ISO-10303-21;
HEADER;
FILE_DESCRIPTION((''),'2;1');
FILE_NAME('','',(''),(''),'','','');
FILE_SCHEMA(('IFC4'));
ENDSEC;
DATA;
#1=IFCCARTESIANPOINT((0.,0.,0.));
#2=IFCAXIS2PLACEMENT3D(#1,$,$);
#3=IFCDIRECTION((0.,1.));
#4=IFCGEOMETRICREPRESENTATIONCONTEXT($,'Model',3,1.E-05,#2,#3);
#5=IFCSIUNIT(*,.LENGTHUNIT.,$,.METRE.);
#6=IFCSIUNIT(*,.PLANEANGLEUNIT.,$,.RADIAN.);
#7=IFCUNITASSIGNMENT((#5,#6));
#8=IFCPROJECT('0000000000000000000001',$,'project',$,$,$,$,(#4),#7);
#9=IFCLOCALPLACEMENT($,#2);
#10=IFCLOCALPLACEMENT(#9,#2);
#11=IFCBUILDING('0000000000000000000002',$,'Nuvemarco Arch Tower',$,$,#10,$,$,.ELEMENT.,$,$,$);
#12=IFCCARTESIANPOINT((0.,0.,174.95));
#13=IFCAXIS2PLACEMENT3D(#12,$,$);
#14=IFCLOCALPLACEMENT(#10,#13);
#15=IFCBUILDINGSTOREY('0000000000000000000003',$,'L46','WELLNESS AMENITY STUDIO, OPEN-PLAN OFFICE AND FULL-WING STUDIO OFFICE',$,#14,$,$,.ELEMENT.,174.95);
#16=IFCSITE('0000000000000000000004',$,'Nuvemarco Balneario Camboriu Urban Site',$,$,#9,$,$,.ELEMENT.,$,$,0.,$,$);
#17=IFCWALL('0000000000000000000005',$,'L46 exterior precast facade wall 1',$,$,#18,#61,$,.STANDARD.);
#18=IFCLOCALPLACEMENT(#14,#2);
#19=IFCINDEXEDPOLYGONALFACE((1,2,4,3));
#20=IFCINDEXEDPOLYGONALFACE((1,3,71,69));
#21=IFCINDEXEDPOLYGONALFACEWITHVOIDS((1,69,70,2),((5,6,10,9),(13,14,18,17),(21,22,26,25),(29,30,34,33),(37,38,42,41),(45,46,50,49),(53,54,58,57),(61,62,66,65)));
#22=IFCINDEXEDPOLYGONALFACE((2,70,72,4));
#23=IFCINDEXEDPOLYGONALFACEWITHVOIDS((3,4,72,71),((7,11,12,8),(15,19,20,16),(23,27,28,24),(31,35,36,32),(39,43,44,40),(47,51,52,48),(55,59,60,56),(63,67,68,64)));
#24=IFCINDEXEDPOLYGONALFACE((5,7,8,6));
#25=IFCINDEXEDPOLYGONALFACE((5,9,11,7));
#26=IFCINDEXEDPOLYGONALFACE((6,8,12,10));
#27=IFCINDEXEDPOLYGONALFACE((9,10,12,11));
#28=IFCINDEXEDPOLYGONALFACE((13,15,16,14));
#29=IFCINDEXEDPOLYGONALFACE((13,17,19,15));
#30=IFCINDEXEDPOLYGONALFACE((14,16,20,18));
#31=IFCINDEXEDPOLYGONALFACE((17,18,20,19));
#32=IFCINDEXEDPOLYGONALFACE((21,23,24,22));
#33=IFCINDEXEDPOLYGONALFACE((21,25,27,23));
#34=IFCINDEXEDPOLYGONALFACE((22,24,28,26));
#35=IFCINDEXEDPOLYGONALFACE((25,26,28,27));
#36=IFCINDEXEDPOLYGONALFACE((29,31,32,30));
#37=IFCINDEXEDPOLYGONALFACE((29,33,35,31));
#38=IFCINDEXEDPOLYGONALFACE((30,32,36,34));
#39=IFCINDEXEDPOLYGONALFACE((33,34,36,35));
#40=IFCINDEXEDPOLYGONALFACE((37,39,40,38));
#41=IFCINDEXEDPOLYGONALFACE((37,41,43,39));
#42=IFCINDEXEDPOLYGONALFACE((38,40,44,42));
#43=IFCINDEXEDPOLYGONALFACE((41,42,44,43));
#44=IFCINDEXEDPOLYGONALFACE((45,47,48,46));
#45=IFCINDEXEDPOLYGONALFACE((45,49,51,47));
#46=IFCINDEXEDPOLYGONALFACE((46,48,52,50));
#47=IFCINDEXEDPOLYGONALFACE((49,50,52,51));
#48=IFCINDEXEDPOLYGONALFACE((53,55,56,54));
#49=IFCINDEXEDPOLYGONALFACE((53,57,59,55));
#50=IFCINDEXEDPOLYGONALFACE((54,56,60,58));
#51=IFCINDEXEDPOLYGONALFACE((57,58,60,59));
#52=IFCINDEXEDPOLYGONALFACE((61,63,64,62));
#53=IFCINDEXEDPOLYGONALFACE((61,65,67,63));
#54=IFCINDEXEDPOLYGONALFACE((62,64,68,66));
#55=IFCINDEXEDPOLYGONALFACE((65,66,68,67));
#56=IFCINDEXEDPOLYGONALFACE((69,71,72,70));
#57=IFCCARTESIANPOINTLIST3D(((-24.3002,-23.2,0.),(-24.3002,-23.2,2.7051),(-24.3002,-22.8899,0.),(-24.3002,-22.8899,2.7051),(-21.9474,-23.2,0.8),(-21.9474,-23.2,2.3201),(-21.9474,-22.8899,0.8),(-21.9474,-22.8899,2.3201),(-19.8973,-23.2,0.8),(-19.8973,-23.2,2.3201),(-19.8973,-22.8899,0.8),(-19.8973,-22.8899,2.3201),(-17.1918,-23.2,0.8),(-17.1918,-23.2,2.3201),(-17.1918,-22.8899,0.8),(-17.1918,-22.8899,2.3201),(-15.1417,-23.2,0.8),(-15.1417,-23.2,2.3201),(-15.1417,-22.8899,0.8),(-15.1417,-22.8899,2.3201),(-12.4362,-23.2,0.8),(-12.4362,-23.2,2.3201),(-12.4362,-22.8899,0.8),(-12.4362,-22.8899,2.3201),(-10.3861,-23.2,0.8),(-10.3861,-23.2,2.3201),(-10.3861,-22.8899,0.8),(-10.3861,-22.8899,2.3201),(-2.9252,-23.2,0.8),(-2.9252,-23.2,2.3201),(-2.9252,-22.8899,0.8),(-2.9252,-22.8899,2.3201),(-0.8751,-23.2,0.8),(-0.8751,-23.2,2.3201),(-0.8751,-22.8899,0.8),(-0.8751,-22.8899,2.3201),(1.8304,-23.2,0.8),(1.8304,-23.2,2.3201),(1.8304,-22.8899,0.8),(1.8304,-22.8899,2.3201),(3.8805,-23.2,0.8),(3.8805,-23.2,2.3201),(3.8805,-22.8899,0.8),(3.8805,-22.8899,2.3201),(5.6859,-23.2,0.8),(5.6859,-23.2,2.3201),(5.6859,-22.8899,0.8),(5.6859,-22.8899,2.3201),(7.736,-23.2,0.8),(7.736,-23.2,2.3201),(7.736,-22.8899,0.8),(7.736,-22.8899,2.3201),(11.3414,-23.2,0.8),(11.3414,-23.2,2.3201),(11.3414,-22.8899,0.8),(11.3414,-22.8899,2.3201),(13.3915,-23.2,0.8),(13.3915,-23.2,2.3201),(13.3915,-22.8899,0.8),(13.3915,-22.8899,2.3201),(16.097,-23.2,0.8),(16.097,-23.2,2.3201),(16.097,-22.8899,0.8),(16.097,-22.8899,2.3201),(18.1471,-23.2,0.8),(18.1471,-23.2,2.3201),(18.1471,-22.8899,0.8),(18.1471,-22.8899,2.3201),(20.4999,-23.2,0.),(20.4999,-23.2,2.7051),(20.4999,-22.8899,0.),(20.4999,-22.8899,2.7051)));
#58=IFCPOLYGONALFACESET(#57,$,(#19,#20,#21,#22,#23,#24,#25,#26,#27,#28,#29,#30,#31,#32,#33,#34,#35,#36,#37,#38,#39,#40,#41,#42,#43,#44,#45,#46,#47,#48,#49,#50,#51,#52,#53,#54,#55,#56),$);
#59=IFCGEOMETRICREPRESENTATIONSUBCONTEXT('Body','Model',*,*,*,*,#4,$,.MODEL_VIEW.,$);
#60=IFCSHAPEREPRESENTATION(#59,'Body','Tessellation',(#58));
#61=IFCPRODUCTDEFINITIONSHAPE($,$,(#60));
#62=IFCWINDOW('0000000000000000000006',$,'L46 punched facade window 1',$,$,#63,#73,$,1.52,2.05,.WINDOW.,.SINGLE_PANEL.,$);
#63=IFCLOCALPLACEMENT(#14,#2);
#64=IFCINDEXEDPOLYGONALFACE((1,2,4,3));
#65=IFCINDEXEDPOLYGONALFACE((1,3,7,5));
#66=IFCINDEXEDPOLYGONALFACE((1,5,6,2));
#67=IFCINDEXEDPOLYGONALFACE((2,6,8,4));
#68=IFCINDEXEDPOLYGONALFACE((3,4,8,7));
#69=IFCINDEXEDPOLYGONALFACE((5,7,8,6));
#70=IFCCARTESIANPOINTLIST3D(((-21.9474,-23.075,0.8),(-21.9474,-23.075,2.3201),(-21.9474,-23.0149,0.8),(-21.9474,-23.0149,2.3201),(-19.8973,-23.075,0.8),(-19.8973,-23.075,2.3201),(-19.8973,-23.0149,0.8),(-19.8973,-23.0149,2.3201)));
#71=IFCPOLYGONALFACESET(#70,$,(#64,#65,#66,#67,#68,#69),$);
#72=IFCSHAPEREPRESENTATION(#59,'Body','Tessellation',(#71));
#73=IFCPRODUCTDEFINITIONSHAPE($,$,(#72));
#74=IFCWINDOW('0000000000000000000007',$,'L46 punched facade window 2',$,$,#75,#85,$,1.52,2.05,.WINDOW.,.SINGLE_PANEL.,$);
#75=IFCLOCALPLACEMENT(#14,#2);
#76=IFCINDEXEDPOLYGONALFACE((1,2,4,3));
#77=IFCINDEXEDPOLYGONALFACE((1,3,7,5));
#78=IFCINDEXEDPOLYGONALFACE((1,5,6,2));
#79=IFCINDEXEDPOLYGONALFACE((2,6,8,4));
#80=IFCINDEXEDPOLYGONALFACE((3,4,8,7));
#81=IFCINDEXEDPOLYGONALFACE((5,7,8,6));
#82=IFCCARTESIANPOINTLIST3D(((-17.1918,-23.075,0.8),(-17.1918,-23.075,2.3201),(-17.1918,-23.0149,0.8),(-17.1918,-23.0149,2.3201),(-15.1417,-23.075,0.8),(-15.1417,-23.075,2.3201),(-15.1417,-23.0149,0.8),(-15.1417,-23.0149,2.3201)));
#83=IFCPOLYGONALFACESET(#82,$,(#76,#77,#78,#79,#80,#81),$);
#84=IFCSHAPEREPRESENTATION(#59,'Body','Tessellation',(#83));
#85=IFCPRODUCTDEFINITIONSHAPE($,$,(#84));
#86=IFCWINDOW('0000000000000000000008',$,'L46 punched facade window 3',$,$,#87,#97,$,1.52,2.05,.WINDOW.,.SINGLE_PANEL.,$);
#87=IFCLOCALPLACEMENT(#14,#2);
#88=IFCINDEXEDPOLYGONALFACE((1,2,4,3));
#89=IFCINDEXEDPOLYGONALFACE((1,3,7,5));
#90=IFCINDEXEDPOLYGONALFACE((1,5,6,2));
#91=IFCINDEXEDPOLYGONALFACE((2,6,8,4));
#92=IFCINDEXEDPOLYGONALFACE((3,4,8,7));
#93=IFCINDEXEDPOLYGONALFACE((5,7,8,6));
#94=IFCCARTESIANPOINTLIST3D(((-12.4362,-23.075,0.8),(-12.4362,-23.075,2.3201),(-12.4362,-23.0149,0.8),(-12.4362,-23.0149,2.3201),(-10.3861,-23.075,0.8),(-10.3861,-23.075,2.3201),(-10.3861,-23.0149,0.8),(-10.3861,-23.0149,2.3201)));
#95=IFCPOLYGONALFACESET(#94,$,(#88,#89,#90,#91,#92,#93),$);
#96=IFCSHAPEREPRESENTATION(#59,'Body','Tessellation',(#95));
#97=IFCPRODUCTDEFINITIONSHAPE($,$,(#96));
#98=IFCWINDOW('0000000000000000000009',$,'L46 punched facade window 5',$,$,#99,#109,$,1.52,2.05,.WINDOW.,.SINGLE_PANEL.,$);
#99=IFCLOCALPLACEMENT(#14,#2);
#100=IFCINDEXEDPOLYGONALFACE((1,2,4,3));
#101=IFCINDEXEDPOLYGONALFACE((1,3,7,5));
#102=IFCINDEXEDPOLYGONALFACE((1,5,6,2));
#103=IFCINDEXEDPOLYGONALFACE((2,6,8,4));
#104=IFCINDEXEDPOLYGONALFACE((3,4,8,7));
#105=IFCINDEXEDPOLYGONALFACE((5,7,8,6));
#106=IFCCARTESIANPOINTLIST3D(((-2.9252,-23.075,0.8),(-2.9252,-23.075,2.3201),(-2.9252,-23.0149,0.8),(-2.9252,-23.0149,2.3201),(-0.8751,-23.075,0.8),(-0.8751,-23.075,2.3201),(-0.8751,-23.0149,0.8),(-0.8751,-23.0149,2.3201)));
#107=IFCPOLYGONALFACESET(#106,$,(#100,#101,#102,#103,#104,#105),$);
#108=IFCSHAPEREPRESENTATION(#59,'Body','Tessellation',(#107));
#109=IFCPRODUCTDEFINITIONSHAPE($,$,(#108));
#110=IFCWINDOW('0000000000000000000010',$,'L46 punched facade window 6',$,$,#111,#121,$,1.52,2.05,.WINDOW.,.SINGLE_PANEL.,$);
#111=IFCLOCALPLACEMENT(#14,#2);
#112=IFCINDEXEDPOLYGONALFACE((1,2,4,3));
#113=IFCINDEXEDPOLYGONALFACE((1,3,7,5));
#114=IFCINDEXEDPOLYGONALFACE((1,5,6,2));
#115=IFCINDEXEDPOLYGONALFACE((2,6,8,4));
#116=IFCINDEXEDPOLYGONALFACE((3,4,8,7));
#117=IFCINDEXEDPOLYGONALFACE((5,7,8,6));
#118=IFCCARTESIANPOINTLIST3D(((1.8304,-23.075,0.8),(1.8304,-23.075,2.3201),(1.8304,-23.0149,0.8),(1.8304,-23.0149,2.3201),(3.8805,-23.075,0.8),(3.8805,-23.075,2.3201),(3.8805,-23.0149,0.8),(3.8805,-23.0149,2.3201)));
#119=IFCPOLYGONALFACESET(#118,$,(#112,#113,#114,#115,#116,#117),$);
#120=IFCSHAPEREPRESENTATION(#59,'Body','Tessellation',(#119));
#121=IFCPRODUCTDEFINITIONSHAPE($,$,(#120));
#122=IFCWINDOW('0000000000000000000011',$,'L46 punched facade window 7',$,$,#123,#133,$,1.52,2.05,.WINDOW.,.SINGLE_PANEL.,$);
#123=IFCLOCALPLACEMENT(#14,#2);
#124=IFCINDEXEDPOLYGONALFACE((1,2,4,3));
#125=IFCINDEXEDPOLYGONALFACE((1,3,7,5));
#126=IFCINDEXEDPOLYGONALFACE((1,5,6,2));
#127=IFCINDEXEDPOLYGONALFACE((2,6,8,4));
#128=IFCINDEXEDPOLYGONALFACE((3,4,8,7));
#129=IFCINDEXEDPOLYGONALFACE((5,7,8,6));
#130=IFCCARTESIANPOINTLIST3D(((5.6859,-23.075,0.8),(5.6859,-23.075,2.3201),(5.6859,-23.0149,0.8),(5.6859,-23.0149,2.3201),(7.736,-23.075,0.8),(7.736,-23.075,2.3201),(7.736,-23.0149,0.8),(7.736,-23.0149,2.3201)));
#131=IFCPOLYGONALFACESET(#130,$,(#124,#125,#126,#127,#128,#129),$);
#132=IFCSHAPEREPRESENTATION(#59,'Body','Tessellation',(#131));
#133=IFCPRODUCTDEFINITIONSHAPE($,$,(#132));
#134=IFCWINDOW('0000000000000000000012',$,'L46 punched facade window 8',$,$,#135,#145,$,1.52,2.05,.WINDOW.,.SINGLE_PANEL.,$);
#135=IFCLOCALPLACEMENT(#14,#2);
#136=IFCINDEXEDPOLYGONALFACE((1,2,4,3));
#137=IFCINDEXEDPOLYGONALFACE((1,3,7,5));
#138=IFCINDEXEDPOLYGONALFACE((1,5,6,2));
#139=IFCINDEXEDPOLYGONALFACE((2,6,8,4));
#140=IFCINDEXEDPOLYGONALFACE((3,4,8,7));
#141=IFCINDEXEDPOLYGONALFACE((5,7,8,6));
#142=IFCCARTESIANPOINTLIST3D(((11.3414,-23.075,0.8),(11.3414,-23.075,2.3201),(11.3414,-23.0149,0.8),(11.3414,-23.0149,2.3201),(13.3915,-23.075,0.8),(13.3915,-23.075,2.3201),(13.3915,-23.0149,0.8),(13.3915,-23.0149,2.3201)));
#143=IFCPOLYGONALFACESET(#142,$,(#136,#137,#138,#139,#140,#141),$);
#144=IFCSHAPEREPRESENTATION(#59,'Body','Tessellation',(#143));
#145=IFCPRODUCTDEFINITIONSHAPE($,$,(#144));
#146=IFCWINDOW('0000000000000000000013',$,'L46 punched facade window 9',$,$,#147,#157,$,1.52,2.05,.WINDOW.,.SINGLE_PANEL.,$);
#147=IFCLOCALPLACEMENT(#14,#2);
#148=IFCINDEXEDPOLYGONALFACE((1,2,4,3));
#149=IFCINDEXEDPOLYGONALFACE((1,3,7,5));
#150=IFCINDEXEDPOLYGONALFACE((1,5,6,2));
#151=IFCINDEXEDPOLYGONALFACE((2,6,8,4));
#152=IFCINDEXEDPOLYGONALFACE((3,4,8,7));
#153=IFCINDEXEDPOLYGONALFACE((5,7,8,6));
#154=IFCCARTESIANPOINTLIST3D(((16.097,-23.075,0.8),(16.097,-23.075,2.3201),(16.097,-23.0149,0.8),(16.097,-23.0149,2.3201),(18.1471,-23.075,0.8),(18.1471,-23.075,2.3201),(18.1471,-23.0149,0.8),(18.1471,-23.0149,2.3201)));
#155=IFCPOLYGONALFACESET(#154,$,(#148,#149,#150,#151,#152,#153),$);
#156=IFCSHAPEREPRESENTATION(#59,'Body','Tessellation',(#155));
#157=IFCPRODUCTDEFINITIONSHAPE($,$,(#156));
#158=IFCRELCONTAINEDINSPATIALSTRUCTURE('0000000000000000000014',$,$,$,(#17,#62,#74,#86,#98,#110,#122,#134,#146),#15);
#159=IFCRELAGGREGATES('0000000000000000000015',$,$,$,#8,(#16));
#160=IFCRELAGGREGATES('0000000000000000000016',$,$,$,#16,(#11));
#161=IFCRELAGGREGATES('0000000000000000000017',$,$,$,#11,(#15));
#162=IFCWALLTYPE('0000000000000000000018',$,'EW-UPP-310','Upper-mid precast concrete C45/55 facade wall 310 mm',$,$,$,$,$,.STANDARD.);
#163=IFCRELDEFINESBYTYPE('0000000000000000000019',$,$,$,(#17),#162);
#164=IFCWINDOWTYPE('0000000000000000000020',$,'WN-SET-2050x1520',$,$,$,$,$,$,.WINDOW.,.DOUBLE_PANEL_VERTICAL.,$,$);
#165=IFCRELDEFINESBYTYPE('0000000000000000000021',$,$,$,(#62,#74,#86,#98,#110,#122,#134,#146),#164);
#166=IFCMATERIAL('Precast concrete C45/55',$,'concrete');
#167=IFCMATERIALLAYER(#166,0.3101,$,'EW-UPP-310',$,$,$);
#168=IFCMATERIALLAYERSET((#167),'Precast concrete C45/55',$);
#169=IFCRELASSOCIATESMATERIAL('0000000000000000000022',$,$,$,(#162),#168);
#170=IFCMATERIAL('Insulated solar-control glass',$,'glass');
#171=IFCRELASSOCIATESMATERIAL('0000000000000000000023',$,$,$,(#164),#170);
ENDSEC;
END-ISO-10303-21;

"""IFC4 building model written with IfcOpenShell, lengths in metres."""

from ifc_helpers import new_model, si_unit, direction, frame, frame_2d, origin, place, context, subcontext, project, spatial, rectangle, extrude, source, transform, mapped, material, layer, layer_set, type_object, type_shapes, element, fill, save


model = new_model("IFC4")

# Units and contexts
model_context = context("Model", 3, precision=1e-05, world=origin(), true_north=direction((0.0, 1.0)))
body_context = subcontext(model_context, "Body", "Model", "MODEL_VIEW")
ifc_project = project(units=[si_unit("LENGTHUNIT", "METRE"), si_unit("PLANEANGLEUNIT", "RADIAN")], contexts=[model_context])

# Site, building, storey
site_placement = place(None, origin())
site = spatial("IfcSite", under=ifc_project, at=site_placement, Name="Nuvemarco Balneario Camboriu Urban Site", CompositionType="ELEMENT", RefElevation=0.0)
building_placement = place(site_placement, origin())
building = spatial("IfcBuilding", under=site, at=building_placement, Name="Nuvemarco Arch Tower", CompositionType="ELEMENT")
storey_placement = place(building_placement, frame((0.0, 0.0, 174.95)))
storey = spatial("IfcBuildingStorey", under=building, at=storey_placement, Name="L46", Description="WELLNESS AMENITY STUDIO, OPEN-PLAN OFFICE AND FULL-WING STUDIO OFFICE", CompositionType="ELEMENT", Elevation=174.95)

# Wall, openings, windows
ifc_material_1 = material(Name="Precast concrete C45/55", Category="concrete")
ifc_layer = layer(ifc_material_1, 0.3101, Name="EW-UPP-310")
ifc_layer_set = layer_set([ifc_layer], Name="Precast concrete C45/55")
wall_type = type_object("IfcWallType", Name="EW-UPP-310", Description="Upper-mid precast concrete C45/55 facade wall 310 mm", PredefinedType="STANDARD", material=ifc_layer_set)
wall_1_placement = place(storey_placement, frame((-24.3, -23.0449, 0.0), z_axis=(0.0, 0.0, 1.0), x_axis=(1.0, 0.0, 0.0)))
wall_1 = element("IfcWall", 1, at=wall_1_placement, inside=storey, type_object=wall_type, Name="L46 exterior precast facade wall 1", PredefinedType="STANDARD", context=body_context, shape_type="SweptSolid", body=[
    extrude(rectangle(XDim=44.8, YDim=0.3101, at=frame_2d((22.3999, 0.0))), origin(), (0.0, 0.0, 1.0), 2.7051),
])
opening_1_placement = place(wall_1_placement, frame((2.3528, 0.0, 0.8)))
opening_1 = element("IfcOpeningElement", 2, at=opening_1_placement, cuts=wall_1, PredefinedType="OPENING", context=body_context, shape_type="SweptSolid", body=[
    extrude(rectangle(XDim=2.05, YDim=1.52, at=frame_2d((1.0249, 0.76))), frame((0.0, 0.165, 0.0), z_axis=(0.0, -1.0, 0.0), x_axis=(1.0, 0.0, 0.0)), (0.0, 0.0, 1.0), 0.3301),
])
opening_2_placement = place(wall_1_placement, frame((7.1084, 0.0, 0.8)))
opening_2 = element("IfcOpeningElement", 3, at=opening_2_placement, cuts=wall_1, PredefinedType="OPENING", context=body_context, shape_type="SweptSolid", body=[
    extrude(rectangle(XDim=2.05, YDim=1.52, at=frame_2d((1.0249, 0.76))), frame((0.0, 0.165, 0.0), z_axis=(0.0, -1.0, 0.0), x_axis=(1.0, 0.0, 0.0)), (0.0, 0.0, 1.0), 0.3301),
])
opening_3_placement = place(wall_1_placement, frame((11.864, 0.0, 0.8)))
opening_3 = element("IfcOpeningElement", 4, at=opening_3_placement, cuts=wall_1, PredefinedType="OPENING", context=body_context, shape_type="SweptSolid", body=[
    extrude(rectangle(XDim=2.05, YDim=1.52, at=frame_2d((1.0249, 0.76))), frame((0.0, 0.165, 0.0), z_axis=(0.0, -1.0, 0.0), x_axis=(1.0, 0.0, 0.0)), (0.0, 0.0, 1.0), 0.3301),
])
opening_4_placement = place(wall_1_placement, frame((21.375, 0.0, 0.8)))
opening_4 = element("IfcOpeningElement", 5, at=opening_4_placement, cuts=wall_1, PredefinedType="OPENING", context=body_context, shape_type="SweptSolid", body=[
    extrude(rectangle(XDim=2.05, YDim=1.52, at=frame_2d((1.0249, 0.76))), frame((0.0, 0.165, 0.0), z_axis=(0.0, -1.0, 0.0), x_axis=(1.0, 0.0, 0.0)), (0.0, 0.0, 1.0), 0.3301),
])
opening_5_placement = place(wall_1_placement, frame((26.1306, 0.0, 0.8)))
opening_5 = element("IfcOpeningElement", 6, at=opening_5_placement, cuts=wall_1, PredefinedType="OPENING", context=body_context, shape_type="SweptSolid", body=[
    extrude(rectangle(XDim=2.05, YDim=1.52, at=frame_2d((1.0249, 0.76))), frame((0.0, 0.165, 0.0), z_axis=(0.0, -1.0, 0.0), x_axis=(1.0, 0.0, 0.0)), (0.0, 0.0, 1.0), 0.3301),
])
opening_6_placement = place(wall_1_placement, frame((29.9861, 0.0, 0.8)))
opening_6 = element("IfcOpeningElement", 7, at=opening_6_placement, cuts=wall_1, PredefinedType="OPENING", context=body_context, shape_type="SweptSolid", body=[
    extrude(rectangle(XDim=2.05, YDim=1.52, at=frame_2d((1.0249, 0.76))), frame((0.0, 0.165, 0.0), z_axis=(0.0, -1.0, 0.0), x_axis=(1.0, 0.0, 0.0)), (0.0, 0.0, 1.0), 0.3301),
])
opening_7_placement = place(wall_1_placement, frame((35.6416, 0.0, 0.8)))
opening_7 = element("IfcOpeningElement", 8, at=opening_7_placement, cuts=wall_1, PredefinedType="OPENING", context=body_context, shape_type="SweptSolid", body=[
    extrude(rectangle(XDim=2.05, YDim=1.52, at=frame_2d((1.0249, 0.76))), frame((0.0, 0.165, 0.0), z_axis=(0.0, -1.0, 0.0), x_axis=(1.0, 0.0, 0.0)), (0.0, 0.0, 1.0), 0.3301),
])
opening_8_placement = place(wall_1_placement, frame((40.3972, 0.0, 0.8)))
opening_8 = element("IfcOpeningElement", 9, at=opening_8_placement, cuts=wall_1, PredefinedType="OPENING", context=body_context, shape_type="SweptSolid", body=[
    extrude(rectangle(XDim=2.05, YDim=1.52, at=frame_2d((1.0249, 0.76))), frame((0.0, 0.165, 0.0), z_axis=(0.0, -1.0, 0.0), x_axis=(1.0, 0.0, 0.0)), (0.0, 0.0, 1.0), 0.3301),
])
ifc_material_2 = material(Name="Insulated solar-control glass", Category="glass")
window_type_1 = type_object("IfcWindowType", Name="WN-SET-2050x1520", PartitioningType="DOUBLE_PANEL_VERTICAL", PredefinedType="WINDOW", material=ifc_material_2)
shared_shape_1 = source(origin(), body_context, "Body", "SweptSolid", [
    extrude(rectangle(XDim=2.05, YDim=1.52, at=frame_2d((1.0249, 0.76))), frame((0.0, 0.03, 0.0), z_axis=(0.0, -1.0, 0.0), x_axis=(1.0, 0.0, 0.0)), (0.0, 0.0, 1.0), 0.0601),
])
type_shapes(window_type_1, [shared_shape_1])
window_1_placement = place(opening_1_placement, origin())
window_1 = element("IfcWindow", 10, at=window_1_placement, inside=storey, type_object=window_type_1, Name="L46 punched facade window 1", OverallHeight=1.52, OverallWidth=2.05, PartitioningType="SINGLE_PANEL", PredefinedType="WINDOW", context=body_context, shape_type="MappedRepresentation", body=[
    mapped(shared_shape_1, transform((0.0, 0.0, 0.0), scale=1.0)),
])
fill(opening_1, window_1)
window_2_placement = place(opening_2_placement, origin())
window_2 = element("IfcWindow", 11, at=window_2_placement, inside=storey, type_object=window_type_1, Name="L46 punched facade window 2", OverallHeight=1.52, OverallWidth=2.05, PartitioningType="SINGLE_PANEL", PredefinedType="WINDOW", context=body_context, shape_type="MappedRepresentation", body=[
    mapped(shared_shape_1, transform((0.0, 0.0, 0.0), scale=1.0)),
])
fill(opening_2, window_2)
window_3_placement = place(opening_3_placement, origin())
window_3 = element("IfcWindow", 12, at=window_3_placement, inside=storey, type_object=window_type_1, Name="L46 punched facade window 3", OverallHeight=1.52, OverallWidth=2.05, PartitioningType="SINGLE_PANEL", PredefinedType="WINDOW", context=body_context, shape_type="MappedRepresentation", body=[
    mapped(shared_shape_1, transform((0.0, 0.0, 0.0), scale=1.0)),
])
fill(opening_3, window_3)
window_4_placement = place(opening_4_placement, origin())
window_4 = element("IfcWindow", 13, at=window_4_placement, inside=storey, type_object=window_type_1, Name="L46 punched facade window 5", OverallHeight=1.52, OverallWidth=2.05, PartitioningType="SINGLE_PANEL", PredefinedType="WINDOW", context=body_context, shape_type="MappedRepresentation", body=[
    mapped(shared_shape_1, transform((0.0, 0.0, 0.0), scale=1.0)),
])
fill(opening_4, window_4)
window_5_placement = place(opening_5_placement, origin())
window_5 = element("IfcWindow", 14, at=window_5_placement, inside=storey, type_object=window_type_1, Name="L46 punched facade window 6", OverallHeight=1.52, OverallWidth=2.05, PartitioningType="SINGLE_PANEL", PredefinedType="WINDOW", context=body_context, shape_type="MappedRepresentation", body=[
    mapped(shared_shape_1, transform((0.0, 0.0, 0.0), scale=1.0)),
])
fill(opening_5, window_5)
window_6_placement = place(opening_6_placement, origin())
window_6 = element("IfcWindow", 15, at=window_6_placement, inside=storey, type_object=window_type_1, Name="L46 punched facade window 7", OverallHeight=1.52, OverallWidth=2.05, PartitioningType="SINGLE_PANEL", PredefinedType="WINDOW", context=body_context, shape_type="MappedRepresentation", body=[
    mapped(shared_shape_1, transform((0.0, 0.0, 0.0), scale=1.0)),
])
fill(opening_6, window_6)
window_7_placement = place(opening_7_placement, origin())
window_7 = element("IfcWindow", 16, at=window_7_placement, inside=storey, type_object=window_type_1, Name="L46 punched facade window 8", OverallHeight=1.52, OverallWidth=2.05, PartitioningType="SINGLE_PANEL", PredefinedType="WINDOW", context=body_context, shape_type="MappedRepresentation", body=[
    mapped(shared_shape_1, transform((0.0, 0.0, 0.0), scale=1.0)),
])
fill(opening_7, window_7)
window_8_placement = place(opening_8_placement, origin())
window_8 = element("IfcWindow", 17, at=window_8_placement, inside=storey, type_object=window_type_1, Name="L46 punched facade window 9", OverallHeight=1.52, OverallWidth=2.05, PartitioningType="SINGLE_PANEL", PredefinedType="WINDOW", context=body_context, shape_type="MappedRepresentation", body=[
    mapped(shared_shape_1, transform((0.0, 0.0, 0.0), scale=1.0)),
])
fill(opening_8, window_8)

save(model, "model.ifc")
